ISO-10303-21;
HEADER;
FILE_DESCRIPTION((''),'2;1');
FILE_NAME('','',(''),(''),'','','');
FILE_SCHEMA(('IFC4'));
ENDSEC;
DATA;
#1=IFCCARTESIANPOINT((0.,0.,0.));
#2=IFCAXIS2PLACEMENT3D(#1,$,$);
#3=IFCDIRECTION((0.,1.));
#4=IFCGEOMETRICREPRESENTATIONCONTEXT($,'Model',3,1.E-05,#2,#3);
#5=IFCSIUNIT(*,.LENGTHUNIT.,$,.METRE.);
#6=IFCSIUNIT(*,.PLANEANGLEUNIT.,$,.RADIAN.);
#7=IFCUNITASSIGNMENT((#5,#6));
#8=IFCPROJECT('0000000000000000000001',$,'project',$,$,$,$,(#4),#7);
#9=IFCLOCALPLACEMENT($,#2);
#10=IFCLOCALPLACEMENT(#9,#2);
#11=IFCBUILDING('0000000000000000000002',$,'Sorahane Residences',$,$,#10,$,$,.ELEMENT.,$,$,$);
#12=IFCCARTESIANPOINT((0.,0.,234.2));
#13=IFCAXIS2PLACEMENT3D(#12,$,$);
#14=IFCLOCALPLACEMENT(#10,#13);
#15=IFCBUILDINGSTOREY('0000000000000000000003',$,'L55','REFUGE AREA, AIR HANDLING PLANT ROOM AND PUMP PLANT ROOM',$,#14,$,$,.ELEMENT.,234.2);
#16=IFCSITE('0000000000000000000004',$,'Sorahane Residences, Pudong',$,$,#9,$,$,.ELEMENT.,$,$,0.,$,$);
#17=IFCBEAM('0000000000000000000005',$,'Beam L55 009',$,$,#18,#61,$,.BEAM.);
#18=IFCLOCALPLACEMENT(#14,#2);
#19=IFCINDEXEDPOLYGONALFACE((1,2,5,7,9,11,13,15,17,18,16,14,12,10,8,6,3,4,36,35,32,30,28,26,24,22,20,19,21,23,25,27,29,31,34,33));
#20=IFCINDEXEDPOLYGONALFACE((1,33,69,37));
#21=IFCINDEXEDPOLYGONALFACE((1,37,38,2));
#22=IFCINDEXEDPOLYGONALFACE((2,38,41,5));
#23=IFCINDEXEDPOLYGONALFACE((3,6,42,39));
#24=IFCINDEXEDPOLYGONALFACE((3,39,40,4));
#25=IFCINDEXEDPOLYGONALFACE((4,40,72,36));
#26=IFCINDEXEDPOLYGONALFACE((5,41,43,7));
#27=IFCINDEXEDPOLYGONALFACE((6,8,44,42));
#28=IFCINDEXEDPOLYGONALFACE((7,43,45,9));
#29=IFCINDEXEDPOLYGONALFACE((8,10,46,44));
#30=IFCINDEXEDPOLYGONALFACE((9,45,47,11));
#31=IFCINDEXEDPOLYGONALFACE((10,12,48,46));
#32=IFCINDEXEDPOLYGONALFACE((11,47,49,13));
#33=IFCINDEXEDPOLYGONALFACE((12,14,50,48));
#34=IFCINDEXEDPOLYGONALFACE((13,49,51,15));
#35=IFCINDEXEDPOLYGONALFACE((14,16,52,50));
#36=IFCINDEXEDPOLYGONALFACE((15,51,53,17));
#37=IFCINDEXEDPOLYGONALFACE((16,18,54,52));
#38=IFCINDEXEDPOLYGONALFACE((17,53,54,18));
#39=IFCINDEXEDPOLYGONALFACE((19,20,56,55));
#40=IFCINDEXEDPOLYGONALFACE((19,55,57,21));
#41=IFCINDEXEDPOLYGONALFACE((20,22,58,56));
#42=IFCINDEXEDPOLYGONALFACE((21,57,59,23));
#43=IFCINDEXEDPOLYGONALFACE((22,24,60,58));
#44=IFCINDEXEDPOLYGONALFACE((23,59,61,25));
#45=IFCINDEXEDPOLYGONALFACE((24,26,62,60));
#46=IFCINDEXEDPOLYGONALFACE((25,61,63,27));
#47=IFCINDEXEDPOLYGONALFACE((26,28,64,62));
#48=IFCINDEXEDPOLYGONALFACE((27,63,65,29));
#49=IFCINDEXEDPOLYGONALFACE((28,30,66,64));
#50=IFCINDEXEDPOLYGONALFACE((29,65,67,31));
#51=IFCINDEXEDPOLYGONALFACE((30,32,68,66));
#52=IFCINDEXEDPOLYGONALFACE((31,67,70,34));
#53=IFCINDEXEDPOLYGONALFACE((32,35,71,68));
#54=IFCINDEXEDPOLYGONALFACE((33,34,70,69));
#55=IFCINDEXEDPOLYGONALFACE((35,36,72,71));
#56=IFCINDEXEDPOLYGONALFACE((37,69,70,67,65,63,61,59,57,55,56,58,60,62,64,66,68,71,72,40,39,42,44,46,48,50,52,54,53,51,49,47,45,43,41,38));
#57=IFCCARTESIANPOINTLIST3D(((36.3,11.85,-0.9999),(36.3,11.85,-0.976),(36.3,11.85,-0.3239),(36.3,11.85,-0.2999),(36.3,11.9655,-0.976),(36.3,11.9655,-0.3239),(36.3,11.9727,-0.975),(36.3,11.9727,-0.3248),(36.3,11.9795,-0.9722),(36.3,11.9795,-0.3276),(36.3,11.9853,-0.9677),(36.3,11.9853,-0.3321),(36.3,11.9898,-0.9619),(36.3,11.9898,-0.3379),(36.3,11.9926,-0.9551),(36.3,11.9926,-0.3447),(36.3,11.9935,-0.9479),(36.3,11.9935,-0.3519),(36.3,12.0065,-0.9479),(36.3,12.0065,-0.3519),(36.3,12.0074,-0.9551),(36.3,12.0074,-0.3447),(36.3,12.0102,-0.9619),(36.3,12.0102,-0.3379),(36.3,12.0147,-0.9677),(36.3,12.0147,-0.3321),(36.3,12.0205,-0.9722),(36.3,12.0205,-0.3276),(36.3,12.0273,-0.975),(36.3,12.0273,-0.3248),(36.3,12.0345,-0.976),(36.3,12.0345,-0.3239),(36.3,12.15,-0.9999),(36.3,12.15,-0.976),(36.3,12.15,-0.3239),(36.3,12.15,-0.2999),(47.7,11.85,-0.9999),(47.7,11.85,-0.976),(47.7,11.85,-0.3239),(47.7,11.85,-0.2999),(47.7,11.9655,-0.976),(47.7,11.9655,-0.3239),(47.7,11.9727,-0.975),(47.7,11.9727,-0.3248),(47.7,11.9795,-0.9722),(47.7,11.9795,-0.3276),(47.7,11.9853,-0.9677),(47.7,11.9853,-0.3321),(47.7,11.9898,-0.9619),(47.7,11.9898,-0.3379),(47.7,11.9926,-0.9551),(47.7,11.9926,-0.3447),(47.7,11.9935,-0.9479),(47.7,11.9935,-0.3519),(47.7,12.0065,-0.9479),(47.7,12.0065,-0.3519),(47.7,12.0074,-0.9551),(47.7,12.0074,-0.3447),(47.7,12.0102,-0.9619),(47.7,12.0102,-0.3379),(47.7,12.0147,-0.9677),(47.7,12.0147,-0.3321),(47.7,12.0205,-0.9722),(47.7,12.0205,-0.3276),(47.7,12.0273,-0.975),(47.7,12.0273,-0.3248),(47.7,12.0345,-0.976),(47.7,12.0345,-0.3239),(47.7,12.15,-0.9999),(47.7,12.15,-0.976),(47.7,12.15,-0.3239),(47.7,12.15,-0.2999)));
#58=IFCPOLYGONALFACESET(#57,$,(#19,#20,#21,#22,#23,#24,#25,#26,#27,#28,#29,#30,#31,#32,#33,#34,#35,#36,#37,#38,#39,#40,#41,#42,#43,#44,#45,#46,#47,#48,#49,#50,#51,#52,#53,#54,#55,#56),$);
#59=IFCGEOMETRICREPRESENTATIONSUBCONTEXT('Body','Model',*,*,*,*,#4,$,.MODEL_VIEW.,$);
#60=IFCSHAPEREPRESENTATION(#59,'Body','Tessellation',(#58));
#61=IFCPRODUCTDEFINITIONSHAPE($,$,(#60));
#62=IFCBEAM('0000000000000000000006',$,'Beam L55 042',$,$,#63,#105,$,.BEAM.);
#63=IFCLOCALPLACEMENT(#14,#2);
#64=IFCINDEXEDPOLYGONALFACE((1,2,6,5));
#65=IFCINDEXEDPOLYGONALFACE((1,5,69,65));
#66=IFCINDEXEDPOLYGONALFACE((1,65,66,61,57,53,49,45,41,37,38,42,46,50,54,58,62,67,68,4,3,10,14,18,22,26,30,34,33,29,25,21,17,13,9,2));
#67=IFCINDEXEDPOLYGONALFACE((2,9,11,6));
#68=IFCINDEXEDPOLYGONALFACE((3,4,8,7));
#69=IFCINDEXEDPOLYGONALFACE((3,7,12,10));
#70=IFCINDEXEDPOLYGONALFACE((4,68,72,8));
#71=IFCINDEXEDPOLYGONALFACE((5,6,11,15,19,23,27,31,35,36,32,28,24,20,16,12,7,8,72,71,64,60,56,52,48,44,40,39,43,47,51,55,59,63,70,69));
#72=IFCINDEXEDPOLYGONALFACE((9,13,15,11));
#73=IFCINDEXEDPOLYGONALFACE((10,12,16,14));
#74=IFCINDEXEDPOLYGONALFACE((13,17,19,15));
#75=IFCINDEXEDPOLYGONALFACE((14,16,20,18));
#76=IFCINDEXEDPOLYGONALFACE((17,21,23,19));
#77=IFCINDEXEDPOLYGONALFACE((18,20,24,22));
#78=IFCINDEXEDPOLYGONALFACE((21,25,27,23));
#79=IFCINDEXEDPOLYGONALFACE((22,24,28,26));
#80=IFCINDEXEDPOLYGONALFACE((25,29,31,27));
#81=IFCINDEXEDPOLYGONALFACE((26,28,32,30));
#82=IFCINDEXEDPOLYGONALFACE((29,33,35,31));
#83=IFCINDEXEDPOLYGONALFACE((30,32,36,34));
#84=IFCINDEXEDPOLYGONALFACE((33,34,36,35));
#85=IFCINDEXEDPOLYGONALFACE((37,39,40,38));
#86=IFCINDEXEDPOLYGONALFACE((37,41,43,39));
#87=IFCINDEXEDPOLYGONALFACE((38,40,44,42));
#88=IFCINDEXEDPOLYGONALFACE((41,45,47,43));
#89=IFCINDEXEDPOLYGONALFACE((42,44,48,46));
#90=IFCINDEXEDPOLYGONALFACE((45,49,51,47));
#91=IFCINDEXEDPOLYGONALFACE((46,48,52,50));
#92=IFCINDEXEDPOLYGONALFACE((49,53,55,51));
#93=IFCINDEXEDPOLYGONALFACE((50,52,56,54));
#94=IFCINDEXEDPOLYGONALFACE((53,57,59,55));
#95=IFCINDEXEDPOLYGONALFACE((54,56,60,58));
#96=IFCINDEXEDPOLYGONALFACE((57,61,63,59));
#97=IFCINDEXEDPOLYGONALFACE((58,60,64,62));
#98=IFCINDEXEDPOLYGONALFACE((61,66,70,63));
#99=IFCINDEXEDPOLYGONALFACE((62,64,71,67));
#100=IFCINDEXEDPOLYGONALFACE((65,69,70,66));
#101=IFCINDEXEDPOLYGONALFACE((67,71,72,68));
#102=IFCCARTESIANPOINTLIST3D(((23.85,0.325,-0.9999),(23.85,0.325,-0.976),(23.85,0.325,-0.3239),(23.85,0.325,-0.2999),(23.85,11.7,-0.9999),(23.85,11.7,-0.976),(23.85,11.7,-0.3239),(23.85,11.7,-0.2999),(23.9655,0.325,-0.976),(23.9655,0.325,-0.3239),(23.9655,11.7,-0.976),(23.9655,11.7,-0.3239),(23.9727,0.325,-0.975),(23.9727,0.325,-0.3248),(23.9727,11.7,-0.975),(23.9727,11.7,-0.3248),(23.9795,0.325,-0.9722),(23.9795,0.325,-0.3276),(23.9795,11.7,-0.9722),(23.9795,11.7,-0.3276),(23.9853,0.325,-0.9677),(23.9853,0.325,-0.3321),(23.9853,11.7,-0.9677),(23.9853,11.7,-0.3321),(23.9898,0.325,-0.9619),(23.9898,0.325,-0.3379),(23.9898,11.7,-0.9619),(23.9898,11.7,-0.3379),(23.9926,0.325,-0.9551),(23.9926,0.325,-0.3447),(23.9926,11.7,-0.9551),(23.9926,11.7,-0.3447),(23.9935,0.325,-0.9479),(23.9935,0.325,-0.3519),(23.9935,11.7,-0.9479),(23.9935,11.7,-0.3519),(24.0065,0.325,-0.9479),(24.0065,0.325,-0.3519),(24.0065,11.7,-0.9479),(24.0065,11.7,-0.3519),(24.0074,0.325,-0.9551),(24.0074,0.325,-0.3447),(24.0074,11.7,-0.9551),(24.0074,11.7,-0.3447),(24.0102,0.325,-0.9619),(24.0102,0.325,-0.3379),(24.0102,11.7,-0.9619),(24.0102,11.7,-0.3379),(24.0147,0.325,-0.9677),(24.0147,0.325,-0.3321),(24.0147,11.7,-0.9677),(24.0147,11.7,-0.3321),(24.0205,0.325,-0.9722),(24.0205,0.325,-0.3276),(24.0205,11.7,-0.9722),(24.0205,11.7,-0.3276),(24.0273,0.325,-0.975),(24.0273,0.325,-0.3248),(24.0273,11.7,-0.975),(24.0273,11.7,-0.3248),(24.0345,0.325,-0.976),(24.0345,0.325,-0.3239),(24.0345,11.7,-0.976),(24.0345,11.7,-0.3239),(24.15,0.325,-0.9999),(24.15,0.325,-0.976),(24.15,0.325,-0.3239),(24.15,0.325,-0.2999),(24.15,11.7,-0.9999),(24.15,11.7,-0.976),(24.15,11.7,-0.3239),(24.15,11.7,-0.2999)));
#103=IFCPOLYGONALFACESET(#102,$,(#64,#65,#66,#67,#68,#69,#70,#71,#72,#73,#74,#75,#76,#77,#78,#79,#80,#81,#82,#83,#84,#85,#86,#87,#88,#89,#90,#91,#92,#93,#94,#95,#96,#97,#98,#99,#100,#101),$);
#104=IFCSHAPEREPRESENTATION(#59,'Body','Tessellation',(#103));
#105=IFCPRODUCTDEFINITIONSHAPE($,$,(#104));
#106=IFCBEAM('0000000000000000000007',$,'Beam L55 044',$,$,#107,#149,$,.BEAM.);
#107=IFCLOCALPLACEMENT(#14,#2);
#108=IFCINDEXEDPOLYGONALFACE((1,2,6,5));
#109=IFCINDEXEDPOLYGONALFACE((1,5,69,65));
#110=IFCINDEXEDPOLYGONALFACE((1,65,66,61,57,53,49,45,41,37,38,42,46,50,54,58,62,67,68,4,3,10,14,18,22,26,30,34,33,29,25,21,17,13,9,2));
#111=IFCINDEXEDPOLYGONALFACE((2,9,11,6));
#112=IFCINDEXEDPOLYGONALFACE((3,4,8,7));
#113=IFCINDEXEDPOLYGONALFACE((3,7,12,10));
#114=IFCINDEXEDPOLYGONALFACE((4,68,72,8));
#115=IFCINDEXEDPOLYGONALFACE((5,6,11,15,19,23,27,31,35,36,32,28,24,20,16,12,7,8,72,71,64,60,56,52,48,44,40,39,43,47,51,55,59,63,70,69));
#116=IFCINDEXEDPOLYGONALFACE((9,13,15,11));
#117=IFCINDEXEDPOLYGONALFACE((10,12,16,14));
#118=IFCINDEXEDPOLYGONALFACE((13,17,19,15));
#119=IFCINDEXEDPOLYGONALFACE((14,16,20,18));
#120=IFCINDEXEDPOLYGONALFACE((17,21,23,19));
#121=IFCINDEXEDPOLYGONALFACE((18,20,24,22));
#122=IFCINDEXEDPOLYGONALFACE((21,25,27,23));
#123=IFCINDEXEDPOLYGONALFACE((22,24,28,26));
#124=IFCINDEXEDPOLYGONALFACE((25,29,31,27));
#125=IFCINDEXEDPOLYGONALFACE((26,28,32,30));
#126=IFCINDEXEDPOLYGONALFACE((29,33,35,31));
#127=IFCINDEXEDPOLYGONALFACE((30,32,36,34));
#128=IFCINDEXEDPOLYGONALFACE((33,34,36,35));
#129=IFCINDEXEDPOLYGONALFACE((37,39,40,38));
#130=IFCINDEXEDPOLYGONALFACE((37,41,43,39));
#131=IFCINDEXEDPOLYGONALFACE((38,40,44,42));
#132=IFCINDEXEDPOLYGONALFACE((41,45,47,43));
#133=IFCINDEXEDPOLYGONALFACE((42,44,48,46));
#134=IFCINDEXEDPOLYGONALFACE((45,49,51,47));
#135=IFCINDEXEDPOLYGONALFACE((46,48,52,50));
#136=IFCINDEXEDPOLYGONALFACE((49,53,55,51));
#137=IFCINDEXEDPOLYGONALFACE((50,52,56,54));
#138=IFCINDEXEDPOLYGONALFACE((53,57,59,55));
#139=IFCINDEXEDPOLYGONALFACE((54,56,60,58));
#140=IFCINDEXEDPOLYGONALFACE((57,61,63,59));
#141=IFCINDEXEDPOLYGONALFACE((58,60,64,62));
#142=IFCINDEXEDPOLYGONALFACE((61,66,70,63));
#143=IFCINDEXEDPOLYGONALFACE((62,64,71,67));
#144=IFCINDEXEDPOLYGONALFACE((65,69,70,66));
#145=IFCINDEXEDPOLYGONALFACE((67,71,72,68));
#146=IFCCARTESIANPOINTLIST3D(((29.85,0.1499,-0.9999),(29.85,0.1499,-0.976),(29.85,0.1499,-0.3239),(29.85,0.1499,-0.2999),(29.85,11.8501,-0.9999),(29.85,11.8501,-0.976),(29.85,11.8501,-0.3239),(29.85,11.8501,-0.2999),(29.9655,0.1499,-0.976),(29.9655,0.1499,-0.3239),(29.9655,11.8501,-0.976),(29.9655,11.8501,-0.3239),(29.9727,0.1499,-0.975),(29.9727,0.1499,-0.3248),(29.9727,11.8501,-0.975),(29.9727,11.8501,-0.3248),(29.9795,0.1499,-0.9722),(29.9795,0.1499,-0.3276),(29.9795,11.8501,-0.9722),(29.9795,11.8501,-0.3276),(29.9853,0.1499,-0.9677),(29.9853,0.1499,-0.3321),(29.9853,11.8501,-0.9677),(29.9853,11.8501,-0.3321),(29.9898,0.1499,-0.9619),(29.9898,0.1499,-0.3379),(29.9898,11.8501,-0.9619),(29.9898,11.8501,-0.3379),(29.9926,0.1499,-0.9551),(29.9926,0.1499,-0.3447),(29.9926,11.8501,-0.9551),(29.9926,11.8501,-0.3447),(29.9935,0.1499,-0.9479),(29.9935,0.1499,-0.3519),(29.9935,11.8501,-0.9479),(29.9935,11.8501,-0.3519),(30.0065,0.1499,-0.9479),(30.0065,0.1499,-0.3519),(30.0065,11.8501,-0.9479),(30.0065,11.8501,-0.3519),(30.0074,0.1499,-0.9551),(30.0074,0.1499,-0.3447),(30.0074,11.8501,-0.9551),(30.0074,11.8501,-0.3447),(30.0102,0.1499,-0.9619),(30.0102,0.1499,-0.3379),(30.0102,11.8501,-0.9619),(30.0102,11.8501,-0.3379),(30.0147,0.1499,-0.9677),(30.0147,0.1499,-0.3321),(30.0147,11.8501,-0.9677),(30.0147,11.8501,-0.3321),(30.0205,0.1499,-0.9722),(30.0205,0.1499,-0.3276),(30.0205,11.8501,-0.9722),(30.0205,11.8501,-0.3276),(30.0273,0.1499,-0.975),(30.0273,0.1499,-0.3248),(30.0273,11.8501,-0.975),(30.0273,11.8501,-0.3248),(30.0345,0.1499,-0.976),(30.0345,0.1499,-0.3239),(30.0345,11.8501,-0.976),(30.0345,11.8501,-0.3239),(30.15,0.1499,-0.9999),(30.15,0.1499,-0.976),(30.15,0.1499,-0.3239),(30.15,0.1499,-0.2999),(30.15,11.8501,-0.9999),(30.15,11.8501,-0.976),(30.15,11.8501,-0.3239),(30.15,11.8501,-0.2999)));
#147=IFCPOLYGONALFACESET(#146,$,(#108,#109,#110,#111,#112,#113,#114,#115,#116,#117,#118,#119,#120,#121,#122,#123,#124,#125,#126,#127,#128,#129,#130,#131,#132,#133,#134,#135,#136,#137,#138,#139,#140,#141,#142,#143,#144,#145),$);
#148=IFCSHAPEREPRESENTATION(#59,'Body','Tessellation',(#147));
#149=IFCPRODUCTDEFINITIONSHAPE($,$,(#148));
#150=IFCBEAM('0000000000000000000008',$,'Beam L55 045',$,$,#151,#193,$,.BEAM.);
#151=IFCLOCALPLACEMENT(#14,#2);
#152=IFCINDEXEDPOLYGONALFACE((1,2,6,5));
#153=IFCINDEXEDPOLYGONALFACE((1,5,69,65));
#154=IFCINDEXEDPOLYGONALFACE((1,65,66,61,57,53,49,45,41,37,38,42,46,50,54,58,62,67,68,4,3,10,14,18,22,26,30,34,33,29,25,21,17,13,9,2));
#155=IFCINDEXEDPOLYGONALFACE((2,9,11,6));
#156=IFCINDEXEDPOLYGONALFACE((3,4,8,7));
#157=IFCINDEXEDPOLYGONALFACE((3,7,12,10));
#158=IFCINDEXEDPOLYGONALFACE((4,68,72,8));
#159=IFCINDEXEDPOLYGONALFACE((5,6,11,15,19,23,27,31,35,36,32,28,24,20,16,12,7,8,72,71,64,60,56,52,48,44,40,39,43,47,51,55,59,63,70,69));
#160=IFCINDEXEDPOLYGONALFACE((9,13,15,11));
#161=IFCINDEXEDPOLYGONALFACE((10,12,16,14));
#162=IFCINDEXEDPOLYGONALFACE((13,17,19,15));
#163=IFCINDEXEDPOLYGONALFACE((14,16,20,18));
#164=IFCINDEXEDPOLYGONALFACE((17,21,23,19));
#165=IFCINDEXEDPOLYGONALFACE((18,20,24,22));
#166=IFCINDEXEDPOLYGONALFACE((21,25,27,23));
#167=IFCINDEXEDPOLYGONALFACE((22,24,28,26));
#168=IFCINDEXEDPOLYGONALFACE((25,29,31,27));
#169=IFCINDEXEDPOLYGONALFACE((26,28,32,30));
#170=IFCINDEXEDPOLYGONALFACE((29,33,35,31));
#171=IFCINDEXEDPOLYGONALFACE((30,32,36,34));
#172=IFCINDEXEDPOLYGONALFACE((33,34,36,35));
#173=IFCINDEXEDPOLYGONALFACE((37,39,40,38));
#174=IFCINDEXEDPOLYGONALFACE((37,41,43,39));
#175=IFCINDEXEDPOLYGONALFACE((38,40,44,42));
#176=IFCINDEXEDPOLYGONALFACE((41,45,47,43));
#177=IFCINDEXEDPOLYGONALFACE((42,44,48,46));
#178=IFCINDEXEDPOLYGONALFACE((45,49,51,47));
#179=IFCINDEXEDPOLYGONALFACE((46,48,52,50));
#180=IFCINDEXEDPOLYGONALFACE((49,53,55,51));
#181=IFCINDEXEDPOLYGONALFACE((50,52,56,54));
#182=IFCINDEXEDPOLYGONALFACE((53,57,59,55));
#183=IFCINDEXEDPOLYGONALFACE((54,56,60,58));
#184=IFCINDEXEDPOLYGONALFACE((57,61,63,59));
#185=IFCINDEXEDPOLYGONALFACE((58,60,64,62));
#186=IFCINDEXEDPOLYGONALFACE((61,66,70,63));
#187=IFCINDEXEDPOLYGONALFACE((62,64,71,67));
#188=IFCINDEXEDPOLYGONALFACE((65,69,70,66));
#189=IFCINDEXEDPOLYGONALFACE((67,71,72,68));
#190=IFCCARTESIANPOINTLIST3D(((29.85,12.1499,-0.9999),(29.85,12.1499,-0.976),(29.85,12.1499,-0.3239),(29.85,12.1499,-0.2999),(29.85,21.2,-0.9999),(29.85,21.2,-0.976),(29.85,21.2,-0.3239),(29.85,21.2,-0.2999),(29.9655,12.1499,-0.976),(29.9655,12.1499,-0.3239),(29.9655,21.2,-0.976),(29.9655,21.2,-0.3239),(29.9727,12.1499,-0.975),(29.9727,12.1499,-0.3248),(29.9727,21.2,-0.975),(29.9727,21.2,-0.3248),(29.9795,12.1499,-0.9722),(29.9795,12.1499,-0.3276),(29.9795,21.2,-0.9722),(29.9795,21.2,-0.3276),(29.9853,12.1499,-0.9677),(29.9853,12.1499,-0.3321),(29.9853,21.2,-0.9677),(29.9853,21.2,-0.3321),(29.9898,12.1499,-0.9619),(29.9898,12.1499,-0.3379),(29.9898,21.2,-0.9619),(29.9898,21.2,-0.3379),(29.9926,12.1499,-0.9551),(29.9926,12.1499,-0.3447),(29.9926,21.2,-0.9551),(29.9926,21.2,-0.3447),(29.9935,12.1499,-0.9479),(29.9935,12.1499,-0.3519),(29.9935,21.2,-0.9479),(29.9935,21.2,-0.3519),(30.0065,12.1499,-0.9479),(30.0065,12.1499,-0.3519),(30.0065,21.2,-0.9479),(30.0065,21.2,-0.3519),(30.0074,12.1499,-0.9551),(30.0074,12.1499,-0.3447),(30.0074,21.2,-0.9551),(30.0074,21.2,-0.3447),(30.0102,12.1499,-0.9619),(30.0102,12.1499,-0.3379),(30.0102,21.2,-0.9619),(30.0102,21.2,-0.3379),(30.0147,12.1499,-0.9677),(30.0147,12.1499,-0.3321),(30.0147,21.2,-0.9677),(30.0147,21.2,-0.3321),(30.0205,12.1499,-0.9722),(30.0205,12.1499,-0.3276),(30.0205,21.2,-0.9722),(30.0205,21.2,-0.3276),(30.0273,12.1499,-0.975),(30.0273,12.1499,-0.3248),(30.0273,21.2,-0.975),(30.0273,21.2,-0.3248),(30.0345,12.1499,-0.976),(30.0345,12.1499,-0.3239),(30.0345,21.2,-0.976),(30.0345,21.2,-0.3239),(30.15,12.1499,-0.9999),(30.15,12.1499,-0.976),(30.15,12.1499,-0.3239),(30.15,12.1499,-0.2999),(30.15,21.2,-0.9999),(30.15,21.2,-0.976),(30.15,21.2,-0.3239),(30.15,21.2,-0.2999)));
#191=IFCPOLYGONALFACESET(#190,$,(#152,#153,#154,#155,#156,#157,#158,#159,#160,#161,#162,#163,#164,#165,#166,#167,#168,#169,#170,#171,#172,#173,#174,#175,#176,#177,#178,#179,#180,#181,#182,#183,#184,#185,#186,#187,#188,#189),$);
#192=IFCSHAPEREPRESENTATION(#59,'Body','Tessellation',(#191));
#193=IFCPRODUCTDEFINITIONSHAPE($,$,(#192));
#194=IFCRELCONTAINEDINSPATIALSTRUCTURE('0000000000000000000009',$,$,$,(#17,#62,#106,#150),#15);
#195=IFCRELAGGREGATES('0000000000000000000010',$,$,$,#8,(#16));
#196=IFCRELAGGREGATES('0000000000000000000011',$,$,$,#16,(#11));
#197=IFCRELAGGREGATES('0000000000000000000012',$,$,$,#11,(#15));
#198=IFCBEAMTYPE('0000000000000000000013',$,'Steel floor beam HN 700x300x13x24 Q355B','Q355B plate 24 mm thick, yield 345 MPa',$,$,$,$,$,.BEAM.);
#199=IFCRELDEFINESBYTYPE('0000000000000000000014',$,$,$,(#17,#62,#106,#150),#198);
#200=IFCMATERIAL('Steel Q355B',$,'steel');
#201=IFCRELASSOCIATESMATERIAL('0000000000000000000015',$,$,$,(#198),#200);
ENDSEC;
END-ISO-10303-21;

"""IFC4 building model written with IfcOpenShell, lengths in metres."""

from ifc_helpers import new_model, si_unit, direction, frame, origin, origin_2d, place, context, subcontext, project, spatial, i_section, extrude, material, material_profile, profile_set, type_object, element, save


model = new_model("IFC4")

# Units and contexts
model_context = context("Model", 3, precision=1e-05, world=origin(), true_north=direction((0.0, 1.0)))
body_context = subcontext(model_context, "Body", "Model", "MODEL_VIEW")
ifc_project = project(units=[si_unit("LENGTHUNIT", "METRE"), si_unit("PLANEANGLEUNIT", "RADIAN")], contexts=[model_context])

# Site, building, storey
site_placement = place(None, origin())
site = spatial("IfcSite", under=ifc_project, at=site_placement, Name="Sorahane Residences, Pudong", CompositionType="ELEMENT", RefElevation=0.0)
building_placement = place(site_placement, origin())
building = spatial("IfcBuilding", under=site, at=building_placement, Name="Sorahane Residences", CompositionType="ELEMENT")
storey_placement = place(building_placement, frame((0.0, 0.0, 234.2)))
storey = spatial("IfcBuildingStorey", under=building, at=storey_placement, Name="L55", Description="REFUGE AREA, AIR HANDLING PLANT ROOM AND PUMP PLANT ROOM", CompositionType="ELEMENT", Elevation=234.2)

# Beams
ifc_material_1 = material(Name="Steel Q355B", Category="steel")
ifc_material_profile_1 = material_profile(ifc_material_1, i_section(OverallWidth=0.3, OverallDepth=0.7, WebThickness=0.0129, FlangeThickness=0.0239, FilletRadius=0.0281, at=origin_2d()), Name="HN 700x300x13x24")
ifc_profile_set_1 = profile_set([ifc_material_profile_1], Name="Steel Q355B")
beam_type_1 = type_object("IfcBeamType", Name="Steel floor beam HN 700x300x13x24 Q355B", Description="Q355B plate 24 mm thick, yield 345 MPa", PredefinedType="BEAM", material=ifc_profile_set_1)
for number, where, z_axis, x_axis, name in (
    (1, (36.3, 12.0, -0.6499), (1.0, 0.0, 0.0), (0.0, 1.0, 0.0), "Beam L55 009"),
):
    element("IfcBeam", number, at=place(storey_placement, frame(where, z_axis=z_axis, x_axis=x_axis)), inside=storey, type_object=beam_type_1, Name=name, PredefinedType="BEAM", context=body_context, shape_type="SweptSolid", body=[
        extrude(i_section(OverallWidth=0.3, OverallDepth=0.7, WebThickness=0.0129, FlangeThickness=0.0239, FilletRadius=0.0281, at=origin_2d()), origin(), (0.0, 0.0, 1.0), 11.3999),
    ])
beam_1_placement = place(storey_placement, frame((24.0, 0.325, -0.6499), z_axis=(0.0, 1.0, 0.0), x_axis=(-1.0, 0.0, 0.0)))
element("IfcBeam", 2, at=beam_1_placement, inside=storey, type_object=beam_type_1, Name="Beam L55 042", PredefinedType="BEAM", context=body_context, shape_type="SweptSolid", body=[
    extrude(i_section(OverallWidth=0.3, OverallDepth=0.7, WebThickness=0.0129, FlangeThickness=0.0239, FilletRadius=0.0281, at=origin_2d()), origin(), (0.0, 0.0, 1.0), 11.375),
])
beam_2_placement = place(storey_placement, frame((30.0, 0.1499, -0.6499), z_axis=(0.0, 1.0, 0.0), x_axis=(-1.0, 0.0, 0.0)))
element("IfcBeam", 3, at=beam_2_placement, inside=storey, type_object=beam_type_1, Name="Beam L55 044", PredefinedType="BEAM", context=body_context, shape_type="SweptSolid", body=[
    extrude(i_section(OverallWidth=0.3, OverallDepth=0.7, WebThickness=0.0129, FlangeThickness=0.0239, FilletRadius=0.0281, at=origin_2d()), origin(), (0.0, 0.0, 1.0), 11.7002),
])
beam_3_placement = place(storey_placement, frame((30.0, 12.1499, -0.6499), z_axis=(0.0, 1.0, 0.0), x_axis=(-1.0, 0.0, 0.0)))
element("IfcBeam", 4, at=beam_3_placement, inside=storey, type_object=beam_type_1, Name="Beam L55 045", PredefinedType="BEAM", context=body_context, shape_type="SweptSolid", body=[
    extrude(i_section(OverallWidth=0.3, OverallDepth=0.7, WebThickness=0.0129, FlangeThickness=0.0239, FilletRadius=0.0281, at=origin_2d()), origin(), (0.0, 0.0, 1.0), 9.05),
])

save(model, "model.ifc")
